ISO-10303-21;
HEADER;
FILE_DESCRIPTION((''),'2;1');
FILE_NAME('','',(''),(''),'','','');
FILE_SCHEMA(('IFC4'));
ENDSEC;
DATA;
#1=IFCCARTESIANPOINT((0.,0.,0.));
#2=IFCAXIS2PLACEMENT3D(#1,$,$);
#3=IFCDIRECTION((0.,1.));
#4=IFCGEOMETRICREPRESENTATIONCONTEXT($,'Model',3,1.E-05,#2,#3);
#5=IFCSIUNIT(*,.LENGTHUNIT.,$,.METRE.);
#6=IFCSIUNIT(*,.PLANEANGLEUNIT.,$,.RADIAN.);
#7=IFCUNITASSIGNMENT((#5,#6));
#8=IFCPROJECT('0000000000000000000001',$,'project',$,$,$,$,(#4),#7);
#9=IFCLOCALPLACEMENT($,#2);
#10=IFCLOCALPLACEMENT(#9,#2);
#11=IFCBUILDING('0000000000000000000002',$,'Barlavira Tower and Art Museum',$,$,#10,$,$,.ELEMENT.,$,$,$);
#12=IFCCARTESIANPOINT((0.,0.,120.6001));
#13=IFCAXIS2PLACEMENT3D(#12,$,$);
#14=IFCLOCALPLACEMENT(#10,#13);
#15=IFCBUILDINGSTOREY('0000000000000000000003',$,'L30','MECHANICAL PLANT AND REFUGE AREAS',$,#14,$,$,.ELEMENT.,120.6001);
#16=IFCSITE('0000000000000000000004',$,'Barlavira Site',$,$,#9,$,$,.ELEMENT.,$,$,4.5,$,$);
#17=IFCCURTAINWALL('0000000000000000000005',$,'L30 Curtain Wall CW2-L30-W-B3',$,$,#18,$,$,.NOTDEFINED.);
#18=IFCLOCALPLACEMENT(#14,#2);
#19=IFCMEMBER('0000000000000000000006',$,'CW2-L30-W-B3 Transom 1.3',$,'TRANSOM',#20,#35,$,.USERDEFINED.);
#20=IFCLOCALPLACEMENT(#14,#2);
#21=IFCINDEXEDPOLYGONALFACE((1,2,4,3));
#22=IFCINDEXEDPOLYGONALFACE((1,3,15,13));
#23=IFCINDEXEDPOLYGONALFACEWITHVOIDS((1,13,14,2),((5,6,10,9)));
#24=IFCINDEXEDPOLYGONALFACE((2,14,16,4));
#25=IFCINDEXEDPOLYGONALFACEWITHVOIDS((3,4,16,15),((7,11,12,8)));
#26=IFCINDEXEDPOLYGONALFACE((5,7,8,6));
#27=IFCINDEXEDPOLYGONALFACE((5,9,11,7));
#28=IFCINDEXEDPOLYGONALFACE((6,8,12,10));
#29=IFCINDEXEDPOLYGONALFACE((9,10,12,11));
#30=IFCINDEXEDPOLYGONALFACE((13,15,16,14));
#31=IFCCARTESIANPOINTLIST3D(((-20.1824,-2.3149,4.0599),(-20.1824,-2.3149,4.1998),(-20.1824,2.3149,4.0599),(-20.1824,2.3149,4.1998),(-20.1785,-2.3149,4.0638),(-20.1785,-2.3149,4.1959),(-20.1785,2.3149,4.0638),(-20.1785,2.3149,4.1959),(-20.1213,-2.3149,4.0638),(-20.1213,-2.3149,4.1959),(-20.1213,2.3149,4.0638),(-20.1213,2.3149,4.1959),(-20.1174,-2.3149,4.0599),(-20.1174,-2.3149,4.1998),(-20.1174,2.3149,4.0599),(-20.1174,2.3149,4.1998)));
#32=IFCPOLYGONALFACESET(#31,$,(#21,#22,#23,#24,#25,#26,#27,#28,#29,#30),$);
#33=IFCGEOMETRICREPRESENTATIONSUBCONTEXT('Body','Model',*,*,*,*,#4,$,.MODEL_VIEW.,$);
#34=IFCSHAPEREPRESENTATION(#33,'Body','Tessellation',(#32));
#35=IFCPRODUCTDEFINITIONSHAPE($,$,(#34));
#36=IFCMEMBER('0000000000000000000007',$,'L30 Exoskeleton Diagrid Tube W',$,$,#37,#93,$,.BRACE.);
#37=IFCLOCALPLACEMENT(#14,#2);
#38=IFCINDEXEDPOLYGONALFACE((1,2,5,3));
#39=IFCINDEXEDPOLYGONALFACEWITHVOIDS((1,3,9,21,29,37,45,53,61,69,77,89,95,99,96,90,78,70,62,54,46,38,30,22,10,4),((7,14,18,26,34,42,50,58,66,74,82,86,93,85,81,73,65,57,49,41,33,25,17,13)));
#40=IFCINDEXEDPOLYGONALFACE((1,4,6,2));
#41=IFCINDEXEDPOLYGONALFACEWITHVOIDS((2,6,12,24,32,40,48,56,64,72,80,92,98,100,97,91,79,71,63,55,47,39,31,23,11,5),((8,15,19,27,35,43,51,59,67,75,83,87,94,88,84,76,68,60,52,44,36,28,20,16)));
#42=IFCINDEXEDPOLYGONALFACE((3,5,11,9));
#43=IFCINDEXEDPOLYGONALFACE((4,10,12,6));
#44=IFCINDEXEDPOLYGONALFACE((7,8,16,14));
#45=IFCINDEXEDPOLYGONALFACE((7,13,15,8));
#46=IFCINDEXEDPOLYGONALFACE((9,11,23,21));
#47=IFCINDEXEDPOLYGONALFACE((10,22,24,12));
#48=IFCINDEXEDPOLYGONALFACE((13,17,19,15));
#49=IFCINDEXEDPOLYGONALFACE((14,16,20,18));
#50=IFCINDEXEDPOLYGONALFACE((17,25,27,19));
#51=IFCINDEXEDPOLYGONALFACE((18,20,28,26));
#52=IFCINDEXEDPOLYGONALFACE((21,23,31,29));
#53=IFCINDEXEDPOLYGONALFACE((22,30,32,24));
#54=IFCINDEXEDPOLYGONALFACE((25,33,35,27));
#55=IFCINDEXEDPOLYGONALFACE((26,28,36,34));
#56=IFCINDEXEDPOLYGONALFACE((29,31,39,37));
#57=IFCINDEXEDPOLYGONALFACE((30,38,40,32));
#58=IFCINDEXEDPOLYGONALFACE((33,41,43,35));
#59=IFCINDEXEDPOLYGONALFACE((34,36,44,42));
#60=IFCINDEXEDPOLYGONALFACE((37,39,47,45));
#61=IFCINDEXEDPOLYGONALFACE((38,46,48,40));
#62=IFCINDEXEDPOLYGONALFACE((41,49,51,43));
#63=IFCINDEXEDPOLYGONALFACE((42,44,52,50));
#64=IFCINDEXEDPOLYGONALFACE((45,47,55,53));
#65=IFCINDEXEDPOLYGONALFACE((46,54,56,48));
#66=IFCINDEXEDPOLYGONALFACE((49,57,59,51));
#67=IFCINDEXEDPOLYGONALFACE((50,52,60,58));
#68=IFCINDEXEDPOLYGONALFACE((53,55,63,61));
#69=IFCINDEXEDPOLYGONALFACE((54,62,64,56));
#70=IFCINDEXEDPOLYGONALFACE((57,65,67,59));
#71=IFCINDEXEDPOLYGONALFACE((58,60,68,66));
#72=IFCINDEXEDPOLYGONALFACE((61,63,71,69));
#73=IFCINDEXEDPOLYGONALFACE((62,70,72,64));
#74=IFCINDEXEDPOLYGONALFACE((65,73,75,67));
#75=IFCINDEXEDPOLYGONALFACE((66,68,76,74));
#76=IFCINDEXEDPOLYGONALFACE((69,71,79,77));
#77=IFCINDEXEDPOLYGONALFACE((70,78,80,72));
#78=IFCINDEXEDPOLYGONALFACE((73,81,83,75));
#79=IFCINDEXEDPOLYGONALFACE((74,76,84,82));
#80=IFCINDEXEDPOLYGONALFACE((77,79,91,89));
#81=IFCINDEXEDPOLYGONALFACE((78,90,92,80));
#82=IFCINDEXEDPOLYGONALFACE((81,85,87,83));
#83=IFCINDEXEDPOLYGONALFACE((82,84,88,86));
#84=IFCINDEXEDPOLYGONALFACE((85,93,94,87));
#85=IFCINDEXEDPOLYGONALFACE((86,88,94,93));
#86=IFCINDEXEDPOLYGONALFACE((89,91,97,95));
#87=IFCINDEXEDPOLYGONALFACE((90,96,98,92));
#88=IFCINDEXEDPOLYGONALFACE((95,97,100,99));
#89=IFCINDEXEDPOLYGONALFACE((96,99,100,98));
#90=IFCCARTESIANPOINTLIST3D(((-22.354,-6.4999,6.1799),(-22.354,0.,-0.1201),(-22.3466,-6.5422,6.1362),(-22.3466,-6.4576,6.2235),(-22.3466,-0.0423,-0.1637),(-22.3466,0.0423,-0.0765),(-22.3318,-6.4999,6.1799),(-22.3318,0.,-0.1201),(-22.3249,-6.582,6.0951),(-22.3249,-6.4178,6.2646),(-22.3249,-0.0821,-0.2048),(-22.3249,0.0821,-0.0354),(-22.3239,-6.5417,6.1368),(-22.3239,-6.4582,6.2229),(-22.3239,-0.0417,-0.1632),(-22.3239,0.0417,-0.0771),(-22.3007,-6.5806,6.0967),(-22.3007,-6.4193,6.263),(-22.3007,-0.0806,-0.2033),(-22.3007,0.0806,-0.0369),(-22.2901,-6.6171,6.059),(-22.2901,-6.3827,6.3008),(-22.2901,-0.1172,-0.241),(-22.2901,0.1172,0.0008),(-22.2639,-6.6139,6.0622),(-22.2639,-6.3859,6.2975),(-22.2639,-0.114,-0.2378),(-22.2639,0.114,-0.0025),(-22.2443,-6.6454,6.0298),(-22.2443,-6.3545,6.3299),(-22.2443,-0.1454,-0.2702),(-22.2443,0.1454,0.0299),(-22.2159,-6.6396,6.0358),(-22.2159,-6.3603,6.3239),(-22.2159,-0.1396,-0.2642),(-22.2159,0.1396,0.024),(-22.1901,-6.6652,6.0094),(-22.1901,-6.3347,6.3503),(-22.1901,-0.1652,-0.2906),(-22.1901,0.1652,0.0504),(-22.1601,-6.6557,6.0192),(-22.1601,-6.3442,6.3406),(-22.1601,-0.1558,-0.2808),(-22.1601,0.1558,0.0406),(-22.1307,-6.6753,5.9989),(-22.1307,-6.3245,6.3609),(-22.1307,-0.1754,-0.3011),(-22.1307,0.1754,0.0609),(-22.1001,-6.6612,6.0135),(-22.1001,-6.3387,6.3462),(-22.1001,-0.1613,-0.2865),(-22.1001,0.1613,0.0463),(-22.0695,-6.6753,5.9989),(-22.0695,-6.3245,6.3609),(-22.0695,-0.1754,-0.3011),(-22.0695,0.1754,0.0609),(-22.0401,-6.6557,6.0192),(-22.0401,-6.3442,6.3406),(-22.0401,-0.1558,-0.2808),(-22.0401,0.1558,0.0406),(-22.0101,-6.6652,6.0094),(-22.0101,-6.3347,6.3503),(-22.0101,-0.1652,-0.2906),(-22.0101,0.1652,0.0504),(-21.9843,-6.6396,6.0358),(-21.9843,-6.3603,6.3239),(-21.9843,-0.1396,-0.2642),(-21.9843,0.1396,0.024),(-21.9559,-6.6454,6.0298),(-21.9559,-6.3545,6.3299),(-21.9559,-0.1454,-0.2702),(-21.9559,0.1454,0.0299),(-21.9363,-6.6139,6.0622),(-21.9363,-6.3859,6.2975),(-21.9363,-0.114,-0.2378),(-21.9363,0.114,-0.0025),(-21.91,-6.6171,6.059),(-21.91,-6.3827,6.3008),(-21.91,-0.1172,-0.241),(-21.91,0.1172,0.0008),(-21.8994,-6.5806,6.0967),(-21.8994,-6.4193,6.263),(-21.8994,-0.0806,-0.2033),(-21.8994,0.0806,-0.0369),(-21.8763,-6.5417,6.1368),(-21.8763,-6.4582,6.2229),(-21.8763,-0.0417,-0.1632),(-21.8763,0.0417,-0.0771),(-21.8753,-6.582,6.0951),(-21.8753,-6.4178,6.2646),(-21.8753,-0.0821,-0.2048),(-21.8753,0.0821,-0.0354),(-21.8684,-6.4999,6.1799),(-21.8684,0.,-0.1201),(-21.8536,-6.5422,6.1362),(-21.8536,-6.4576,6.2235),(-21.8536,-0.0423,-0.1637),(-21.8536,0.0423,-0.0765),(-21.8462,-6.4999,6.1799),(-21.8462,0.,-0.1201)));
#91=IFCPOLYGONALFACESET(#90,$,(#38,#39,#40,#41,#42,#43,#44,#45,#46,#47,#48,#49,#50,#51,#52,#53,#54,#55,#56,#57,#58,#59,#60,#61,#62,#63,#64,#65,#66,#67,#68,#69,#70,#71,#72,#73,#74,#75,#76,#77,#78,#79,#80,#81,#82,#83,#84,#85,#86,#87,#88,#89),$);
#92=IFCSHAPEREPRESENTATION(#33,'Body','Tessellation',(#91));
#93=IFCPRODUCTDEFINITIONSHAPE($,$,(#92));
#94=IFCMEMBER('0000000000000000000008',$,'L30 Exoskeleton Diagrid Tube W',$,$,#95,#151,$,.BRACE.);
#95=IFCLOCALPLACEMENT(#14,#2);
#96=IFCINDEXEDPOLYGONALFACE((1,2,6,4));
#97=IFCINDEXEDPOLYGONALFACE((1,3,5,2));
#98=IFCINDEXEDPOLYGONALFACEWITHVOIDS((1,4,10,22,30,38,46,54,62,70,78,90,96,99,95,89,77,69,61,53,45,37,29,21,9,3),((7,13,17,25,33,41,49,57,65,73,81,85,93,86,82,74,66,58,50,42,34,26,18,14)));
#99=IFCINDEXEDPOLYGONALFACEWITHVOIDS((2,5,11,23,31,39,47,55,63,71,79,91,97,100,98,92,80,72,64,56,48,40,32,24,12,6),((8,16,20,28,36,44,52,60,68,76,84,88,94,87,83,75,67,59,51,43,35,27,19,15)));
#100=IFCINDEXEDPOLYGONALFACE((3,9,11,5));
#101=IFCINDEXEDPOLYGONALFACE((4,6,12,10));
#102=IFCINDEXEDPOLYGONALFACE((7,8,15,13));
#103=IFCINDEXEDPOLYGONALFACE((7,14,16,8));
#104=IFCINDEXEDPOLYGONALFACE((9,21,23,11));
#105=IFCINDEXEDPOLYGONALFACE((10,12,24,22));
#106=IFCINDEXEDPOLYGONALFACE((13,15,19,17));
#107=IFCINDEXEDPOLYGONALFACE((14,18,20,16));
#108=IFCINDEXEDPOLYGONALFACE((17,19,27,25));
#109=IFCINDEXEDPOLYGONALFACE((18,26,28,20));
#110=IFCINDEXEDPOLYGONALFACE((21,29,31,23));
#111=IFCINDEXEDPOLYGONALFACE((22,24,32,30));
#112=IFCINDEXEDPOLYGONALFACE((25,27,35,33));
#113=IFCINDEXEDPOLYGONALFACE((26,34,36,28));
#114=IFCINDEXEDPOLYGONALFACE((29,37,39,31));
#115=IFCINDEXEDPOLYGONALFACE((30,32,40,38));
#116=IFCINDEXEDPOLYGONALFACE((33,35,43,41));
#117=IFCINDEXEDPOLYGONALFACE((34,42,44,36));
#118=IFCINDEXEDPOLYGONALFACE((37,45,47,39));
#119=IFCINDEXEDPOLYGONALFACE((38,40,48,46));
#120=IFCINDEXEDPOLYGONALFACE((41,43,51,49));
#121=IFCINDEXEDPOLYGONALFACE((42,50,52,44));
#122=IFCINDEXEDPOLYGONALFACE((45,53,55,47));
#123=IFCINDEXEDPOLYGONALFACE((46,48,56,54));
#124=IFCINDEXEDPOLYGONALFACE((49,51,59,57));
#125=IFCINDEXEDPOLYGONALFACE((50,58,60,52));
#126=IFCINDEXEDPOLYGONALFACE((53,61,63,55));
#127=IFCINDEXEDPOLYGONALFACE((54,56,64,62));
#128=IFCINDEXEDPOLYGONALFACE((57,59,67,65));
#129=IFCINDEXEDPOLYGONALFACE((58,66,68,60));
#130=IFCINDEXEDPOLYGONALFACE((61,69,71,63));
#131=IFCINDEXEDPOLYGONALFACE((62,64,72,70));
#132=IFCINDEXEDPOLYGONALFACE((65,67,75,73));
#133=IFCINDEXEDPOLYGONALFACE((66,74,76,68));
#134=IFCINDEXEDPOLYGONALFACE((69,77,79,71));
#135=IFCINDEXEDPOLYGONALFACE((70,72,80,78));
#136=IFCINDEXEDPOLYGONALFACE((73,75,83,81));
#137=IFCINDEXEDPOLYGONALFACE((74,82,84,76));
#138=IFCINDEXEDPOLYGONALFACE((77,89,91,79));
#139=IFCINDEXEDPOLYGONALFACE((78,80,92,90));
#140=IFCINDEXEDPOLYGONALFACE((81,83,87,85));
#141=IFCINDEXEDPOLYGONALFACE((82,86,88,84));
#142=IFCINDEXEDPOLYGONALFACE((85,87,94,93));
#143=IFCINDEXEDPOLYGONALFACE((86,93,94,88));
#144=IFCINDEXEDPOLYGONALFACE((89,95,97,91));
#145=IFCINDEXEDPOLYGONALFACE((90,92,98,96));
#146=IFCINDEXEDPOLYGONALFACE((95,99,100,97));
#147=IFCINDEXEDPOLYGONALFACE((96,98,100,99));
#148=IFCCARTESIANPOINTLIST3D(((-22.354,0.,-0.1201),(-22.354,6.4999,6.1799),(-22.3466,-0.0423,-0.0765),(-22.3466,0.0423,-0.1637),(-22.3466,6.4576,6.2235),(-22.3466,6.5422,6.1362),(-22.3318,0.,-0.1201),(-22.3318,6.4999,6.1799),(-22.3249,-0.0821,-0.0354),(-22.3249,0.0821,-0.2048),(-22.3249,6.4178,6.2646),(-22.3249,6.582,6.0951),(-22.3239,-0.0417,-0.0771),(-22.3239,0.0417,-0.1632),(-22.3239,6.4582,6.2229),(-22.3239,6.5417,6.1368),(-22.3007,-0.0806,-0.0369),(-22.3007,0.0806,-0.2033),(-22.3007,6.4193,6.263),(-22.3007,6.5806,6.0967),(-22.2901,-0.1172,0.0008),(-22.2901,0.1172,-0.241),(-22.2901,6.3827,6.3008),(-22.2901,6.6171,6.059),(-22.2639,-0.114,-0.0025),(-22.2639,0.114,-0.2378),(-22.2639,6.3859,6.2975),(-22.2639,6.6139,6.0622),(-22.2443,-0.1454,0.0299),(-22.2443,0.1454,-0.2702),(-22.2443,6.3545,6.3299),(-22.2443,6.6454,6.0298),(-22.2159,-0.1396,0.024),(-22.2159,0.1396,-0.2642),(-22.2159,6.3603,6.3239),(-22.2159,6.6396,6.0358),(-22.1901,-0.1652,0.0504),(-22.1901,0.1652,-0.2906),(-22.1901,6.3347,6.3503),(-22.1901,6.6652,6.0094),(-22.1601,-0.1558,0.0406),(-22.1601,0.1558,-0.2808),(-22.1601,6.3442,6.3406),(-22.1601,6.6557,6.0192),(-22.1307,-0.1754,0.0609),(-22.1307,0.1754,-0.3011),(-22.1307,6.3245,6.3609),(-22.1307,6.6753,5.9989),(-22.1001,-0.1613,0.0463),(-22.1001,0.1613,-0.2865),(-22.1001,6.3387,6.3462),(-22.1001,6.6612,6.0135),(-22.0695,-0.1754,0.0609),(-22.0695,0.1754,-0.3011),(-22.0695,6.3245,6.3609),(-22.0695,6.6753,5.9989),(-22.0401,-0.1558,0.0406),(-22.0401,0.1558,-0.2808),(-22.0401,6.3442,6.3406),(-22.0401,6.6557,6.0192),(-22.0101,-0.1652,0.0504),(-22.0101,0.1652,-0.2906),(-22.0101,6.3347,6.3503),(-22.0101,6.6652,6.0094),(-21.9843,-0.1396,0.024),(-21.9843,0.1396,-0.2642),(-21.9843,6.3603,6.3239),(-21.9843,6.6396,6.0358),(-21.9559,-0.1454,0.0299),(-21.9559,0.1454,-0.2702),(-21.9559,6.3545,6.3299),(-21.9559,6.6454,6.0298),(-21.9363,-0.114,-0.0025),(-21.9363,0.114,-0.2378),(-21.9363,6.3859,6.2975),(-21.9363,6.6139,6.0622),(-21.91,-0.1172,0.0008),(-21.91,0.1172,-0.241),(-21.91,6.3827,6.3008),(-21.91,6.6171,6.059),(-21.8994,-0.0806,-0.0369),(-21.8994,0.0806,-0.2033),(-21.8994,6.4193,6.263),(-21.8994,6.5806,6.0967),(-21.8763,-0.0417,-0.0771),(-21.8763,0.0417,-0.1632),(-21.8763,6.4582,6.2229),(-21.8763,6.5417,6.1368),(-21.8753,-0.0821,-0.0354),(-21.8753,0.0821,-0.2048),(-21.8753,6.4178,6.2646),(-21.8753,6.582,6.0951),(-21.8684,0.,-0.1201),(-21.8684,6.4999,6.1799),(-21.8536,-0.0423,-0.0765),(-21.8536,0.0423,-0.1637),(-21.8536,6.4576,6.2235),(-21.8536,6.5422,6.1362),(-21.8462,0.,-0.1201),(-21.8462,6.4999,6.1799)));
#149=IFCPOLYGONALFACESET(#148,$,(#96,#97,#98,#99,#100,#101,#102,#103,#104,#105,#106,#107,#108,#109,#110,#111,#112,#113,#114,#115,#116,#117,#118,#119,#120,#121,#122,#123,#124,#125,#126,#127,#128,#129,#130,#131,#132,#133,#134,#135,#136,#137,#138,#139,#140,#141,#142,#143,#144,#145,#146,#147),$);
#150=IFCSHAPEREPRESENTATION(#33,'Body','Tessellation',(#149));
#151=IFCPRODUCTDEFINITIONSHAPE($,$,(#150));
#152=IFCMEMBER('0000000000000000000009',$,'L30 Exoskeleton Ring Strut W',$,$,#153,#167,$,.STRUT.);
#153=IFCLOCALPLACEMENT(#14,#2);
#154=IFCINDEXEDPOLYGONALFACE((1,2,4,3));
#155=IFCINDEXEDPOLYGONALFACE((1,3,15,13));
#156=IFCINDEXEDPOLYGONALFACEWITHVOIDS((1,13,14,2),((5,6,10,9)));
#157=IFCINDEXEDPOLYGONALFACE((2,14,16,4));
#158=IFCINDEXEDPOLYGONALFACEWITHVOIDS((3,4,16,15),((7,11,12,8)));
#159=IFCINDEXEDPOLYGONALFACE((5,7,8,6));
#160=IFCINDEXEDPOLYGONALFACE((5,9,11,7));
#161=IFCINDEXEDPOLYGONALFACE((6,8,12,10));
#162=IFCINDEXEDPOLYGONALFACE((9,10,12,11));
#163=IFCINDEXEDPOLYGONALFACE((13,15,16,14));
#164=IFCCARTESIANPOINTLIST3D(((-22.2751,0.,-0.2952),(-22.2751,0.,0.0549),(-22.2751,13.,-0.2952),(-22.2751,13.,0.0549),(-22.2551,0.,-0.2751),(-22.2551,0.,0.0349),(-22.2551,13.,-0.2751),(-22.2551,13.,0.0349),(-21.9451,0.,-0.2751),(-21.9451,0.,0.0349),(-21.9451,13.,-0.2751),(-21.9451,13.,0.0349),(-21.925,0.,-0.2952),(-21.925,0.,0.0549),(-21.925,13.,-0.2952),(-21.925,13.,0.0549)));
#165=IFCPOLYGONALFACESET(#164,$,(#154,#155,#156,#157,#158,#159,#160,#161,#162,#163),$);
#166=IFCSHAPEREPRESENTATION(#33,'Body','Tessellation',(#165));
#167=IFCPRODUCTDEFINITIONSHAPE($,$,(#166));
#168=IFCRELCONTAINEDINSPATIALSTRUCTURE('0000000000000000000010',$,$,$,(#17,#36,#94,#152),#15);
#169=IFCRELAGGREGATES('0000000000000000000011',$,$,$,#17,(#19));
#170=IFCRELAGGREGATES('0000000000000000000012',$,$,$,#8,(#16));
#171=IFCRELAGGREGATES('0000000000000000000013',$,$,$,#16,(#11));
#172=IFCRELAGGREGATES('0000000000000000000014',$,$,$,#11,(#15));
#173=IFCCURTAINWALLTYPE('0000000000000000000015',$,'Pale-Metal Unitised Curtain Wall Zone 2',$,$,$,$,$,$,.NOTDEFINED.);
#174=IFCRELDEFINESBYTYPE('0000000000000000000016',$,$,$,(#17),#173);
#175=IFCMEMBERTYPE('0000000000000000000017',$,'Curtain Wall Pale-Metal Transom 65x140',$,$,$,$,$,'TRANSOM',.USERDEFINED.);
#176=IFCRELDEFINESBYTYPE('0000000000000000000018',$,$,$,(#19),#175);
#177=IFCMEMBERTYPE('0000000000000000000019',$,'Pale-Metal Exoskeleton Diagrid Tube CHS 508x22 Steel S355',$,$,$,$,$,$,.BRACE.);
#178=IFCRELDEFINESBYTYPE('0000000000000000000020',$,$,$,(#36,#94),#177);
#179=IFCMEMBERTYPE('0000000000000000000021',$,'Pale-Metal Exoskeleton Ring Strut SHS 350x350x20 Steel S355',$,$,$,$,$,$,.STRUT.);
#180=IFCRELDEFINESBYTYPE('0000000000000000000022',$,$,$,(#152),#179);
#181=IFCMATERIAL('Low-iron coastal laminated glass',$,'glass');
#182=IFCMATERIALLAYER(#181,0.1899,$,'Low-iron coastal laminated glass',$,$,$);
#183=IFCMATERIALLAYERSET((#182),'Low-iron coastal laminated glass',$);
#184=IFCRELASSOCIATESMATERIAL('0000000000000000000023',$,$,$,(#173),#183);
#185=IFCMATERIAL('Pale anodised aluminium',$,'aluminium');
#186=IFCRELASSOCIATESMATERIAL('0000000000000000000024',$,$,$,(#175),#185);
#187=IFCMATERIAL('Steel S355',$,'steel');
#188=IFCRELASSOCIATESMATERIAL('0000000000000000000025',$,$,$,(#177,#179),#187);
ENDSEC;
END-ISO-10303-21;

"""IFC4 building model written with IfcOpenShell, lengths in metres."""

from ifc_helpers import new_model, si_unit, direction, frame, origin, origin_2d, place, context, subcontext, project, spatial, hollow_rectangle, hollow_circle, extrude, material, layer, layer_set, material_profile, profile_set, type_object, element, aggregate, save


model = new_model("IFC4")

# Units and contexts
model_context = context("Model", 3, precision=1e-05, world=origin(), true_north=direction((0.0, 1.0)))
body_context = subcontext(model_context, "Body", "Model", "MODEL_VIEW")
ifc_project = project(units=[si_unit("LENGTHUNIT", "METRE"), si_unit("PLANEANGLEUNIT", "RADIAN")], contexts=[model_context])

# Site, building, storey
site_placement = place(None, origin())
site = spatial("IfcSite", under=ifc_project, at=site_placement, Name="Barlavira Site", CompositionType="ELEMENT", RefElevation=4.5)
building_placement = place(site_placement, origin())
building = spatial("IfcBuilding", under=site, at=building_placement, Name="Barlavira Tower and Art Museum", CompositionType="ELEMENT")
storey_placement = place(building_placement, frame((0.0, 0.0, 120.6001)))
storey = spatial("IfcBuildingStorey", under=building, at=storey_placement, Name="L30", Description="MECHANICAL PLANT AND REFUGE AREAS", CompositionType="ELEMENT", Elevation=120.6001)

# Shared definitions
ifc_material_1 = material(Name="Steel S355", Category="steel")

# Curtain wall, member
ifc_material_2 = material(Name="Low-iron coastal laminated glass", Category="glass")
ifc_layer_1 = layer(ifc_material_2, 0.1899, Name="Low-iron coastal laminated glass")
ifc_layer_set_1 = layer_set([ifc_layer_1], Name="Low-iron coastal laminated glass")
curtain_wall_type = type_object("IfcCurtainWallType", Name="Pale-Metal Unitised Curtain Wall Zone 2", PredefinedType="NOTDEFINED", material=ifc_layer_set_1)
curtain_wall_placement = place(storey_placement, origin())
curtain_wall = element("IfcCurtainWall", 1, at=curtain_wall_placement, inside=storey, type_object=curtain_wall_type, Name="L30 Curtain Wall CW2-L30-W-B3", PredefinedType="NOTDEFINED")
ifc_material_3 = material(Name="Pale anodised aluminium", Category="aluminium")
ifc_material_profile_1 = material_profile(ifc_material_3, hollow_rectangle(XDim=0.0649, YDim=0.1399, WallThickness=0.0039, at=origin_2d()), Name="ALU-TRAN 65x140x4")
ifc_profile_set_1 = profile_set([ifc_material_profile_1], Name="Pale anodised aluminium")
member_type_1 = type_object("IfcMemberType", Name="Curtain Wall Pale-Metal Transom 65x140", ElementType="TRANSOM", PredefinedType="USERDEFINED", material=ifc_profile_set_1)
member_1_placement = place(storey_placement, frame((-20.1499, 2.3149, 4.1299), z_axis=(0.0, -1.0, 0.0), x_axis=(1.0, 0.0, 0.0)))
member_1 = element("IfcMember", 2, at=member_1_placement, type_object=member_type_1, Name="CW2-L30-W-B3 Transom 1.3", ObjectType="TRANSOM", PredefinedType="USERDEFINED", context=body_context, shape_type="SweptSolid", body=[
    extrude(hollow_rectangle(XDim=0.0649, YDim=0.1399, WallThickness=0.0039, at=origin_2d()), origin(), (0.0, 0.0, 1.0), 4.6299),
])

# Members
ifc_material_profile_2 = material_profile(ifc_material_1, hollow_circle(Radius=0.2539, WallThickness=0.0222, at=origin_2d()), Name="CHS 508.0x22.2")
ifc_profile_set_2 = profile_set([ifc_material_profile_2], Name="Steel S355")
member_type_2 = type_object("IfcMemberType", Name="Pale-Metal Exoskeleton Diagrid Tube CHS 508x22 Steel S355", PredefinedType="BRACE", material=ifc_profile_set_2)
for number, where, z_axis, x_axis, name in (
    (3, (-22.1001, 0.0, -0.1201), (0.0, -0.718065, 0.695976), (1.0, 0.0, 0.0), "L30 Exoskeleton Diagrid Tube W"),
    (4, (-22.1001, 0.0, -0.1201), (0.0, 0.718065, 0.695976), (-1.0, 0.0, 0.0), "L30 Exoskeleton Diagrid Tube W"),
):
    element("IfcMember", number, at=place(storey_placement, frame(where, z_axis=z_axis, x_axis=x_axis)), inside=storey, type_object=member_type_2, Name=name, PredefinedType="BRACE", context=body_context, shape_type="SweptSolid", body=[
        extrude(hollow_circle(Radius=0.2539, WallThickness=0.0222, at=origin_2d()), origin(), (0.0, 0.0, 1.0), 9.052),
    ])
ifc_material_profile_3 = material_profile(ifc_material_1, hollow_rectangle(XDim=0.3501, YDim=0.3501, WallThickness=0.02, at=origin_2d()), Name="SHS 350x350x20.0")
ifc_profile_set_3 = profile_set([ifc_material_profile_3], Name="Steel S355")
member_type_3 = type_object("IfcMemberType", Name="Pale-Metal Exoskeleton Ring Strut SHS 350x350x20 Steel S355", PredefinedType="STRUT", material=ifc_profile_set_3)
member_2_placement = place(storey_placement, frame((-22.1001, 0.0, -0.1201), z_axis=(0.0, 1.0, 0.0), x_axis=(-1.0, 0.0, 0.0)))
element("IfcMember", 5, at=member_2_placement, inside=storey, type_object=member_type_3, Name="L30 Exoskeleton Ring Strut W", PredefinedType="STRUT", context=body_context, shape_type="SweptSolid", body=[
    extrude(hollow_rectangle(XDim=0.3501, YDim=0.3501, WallThickness=0.02, at=origin_2d()), origin(), (0.0, 0.0, 1.0), 13.0),
])

aggregate(curtain_wall, [member_1])

save(model, "model.ifc")
